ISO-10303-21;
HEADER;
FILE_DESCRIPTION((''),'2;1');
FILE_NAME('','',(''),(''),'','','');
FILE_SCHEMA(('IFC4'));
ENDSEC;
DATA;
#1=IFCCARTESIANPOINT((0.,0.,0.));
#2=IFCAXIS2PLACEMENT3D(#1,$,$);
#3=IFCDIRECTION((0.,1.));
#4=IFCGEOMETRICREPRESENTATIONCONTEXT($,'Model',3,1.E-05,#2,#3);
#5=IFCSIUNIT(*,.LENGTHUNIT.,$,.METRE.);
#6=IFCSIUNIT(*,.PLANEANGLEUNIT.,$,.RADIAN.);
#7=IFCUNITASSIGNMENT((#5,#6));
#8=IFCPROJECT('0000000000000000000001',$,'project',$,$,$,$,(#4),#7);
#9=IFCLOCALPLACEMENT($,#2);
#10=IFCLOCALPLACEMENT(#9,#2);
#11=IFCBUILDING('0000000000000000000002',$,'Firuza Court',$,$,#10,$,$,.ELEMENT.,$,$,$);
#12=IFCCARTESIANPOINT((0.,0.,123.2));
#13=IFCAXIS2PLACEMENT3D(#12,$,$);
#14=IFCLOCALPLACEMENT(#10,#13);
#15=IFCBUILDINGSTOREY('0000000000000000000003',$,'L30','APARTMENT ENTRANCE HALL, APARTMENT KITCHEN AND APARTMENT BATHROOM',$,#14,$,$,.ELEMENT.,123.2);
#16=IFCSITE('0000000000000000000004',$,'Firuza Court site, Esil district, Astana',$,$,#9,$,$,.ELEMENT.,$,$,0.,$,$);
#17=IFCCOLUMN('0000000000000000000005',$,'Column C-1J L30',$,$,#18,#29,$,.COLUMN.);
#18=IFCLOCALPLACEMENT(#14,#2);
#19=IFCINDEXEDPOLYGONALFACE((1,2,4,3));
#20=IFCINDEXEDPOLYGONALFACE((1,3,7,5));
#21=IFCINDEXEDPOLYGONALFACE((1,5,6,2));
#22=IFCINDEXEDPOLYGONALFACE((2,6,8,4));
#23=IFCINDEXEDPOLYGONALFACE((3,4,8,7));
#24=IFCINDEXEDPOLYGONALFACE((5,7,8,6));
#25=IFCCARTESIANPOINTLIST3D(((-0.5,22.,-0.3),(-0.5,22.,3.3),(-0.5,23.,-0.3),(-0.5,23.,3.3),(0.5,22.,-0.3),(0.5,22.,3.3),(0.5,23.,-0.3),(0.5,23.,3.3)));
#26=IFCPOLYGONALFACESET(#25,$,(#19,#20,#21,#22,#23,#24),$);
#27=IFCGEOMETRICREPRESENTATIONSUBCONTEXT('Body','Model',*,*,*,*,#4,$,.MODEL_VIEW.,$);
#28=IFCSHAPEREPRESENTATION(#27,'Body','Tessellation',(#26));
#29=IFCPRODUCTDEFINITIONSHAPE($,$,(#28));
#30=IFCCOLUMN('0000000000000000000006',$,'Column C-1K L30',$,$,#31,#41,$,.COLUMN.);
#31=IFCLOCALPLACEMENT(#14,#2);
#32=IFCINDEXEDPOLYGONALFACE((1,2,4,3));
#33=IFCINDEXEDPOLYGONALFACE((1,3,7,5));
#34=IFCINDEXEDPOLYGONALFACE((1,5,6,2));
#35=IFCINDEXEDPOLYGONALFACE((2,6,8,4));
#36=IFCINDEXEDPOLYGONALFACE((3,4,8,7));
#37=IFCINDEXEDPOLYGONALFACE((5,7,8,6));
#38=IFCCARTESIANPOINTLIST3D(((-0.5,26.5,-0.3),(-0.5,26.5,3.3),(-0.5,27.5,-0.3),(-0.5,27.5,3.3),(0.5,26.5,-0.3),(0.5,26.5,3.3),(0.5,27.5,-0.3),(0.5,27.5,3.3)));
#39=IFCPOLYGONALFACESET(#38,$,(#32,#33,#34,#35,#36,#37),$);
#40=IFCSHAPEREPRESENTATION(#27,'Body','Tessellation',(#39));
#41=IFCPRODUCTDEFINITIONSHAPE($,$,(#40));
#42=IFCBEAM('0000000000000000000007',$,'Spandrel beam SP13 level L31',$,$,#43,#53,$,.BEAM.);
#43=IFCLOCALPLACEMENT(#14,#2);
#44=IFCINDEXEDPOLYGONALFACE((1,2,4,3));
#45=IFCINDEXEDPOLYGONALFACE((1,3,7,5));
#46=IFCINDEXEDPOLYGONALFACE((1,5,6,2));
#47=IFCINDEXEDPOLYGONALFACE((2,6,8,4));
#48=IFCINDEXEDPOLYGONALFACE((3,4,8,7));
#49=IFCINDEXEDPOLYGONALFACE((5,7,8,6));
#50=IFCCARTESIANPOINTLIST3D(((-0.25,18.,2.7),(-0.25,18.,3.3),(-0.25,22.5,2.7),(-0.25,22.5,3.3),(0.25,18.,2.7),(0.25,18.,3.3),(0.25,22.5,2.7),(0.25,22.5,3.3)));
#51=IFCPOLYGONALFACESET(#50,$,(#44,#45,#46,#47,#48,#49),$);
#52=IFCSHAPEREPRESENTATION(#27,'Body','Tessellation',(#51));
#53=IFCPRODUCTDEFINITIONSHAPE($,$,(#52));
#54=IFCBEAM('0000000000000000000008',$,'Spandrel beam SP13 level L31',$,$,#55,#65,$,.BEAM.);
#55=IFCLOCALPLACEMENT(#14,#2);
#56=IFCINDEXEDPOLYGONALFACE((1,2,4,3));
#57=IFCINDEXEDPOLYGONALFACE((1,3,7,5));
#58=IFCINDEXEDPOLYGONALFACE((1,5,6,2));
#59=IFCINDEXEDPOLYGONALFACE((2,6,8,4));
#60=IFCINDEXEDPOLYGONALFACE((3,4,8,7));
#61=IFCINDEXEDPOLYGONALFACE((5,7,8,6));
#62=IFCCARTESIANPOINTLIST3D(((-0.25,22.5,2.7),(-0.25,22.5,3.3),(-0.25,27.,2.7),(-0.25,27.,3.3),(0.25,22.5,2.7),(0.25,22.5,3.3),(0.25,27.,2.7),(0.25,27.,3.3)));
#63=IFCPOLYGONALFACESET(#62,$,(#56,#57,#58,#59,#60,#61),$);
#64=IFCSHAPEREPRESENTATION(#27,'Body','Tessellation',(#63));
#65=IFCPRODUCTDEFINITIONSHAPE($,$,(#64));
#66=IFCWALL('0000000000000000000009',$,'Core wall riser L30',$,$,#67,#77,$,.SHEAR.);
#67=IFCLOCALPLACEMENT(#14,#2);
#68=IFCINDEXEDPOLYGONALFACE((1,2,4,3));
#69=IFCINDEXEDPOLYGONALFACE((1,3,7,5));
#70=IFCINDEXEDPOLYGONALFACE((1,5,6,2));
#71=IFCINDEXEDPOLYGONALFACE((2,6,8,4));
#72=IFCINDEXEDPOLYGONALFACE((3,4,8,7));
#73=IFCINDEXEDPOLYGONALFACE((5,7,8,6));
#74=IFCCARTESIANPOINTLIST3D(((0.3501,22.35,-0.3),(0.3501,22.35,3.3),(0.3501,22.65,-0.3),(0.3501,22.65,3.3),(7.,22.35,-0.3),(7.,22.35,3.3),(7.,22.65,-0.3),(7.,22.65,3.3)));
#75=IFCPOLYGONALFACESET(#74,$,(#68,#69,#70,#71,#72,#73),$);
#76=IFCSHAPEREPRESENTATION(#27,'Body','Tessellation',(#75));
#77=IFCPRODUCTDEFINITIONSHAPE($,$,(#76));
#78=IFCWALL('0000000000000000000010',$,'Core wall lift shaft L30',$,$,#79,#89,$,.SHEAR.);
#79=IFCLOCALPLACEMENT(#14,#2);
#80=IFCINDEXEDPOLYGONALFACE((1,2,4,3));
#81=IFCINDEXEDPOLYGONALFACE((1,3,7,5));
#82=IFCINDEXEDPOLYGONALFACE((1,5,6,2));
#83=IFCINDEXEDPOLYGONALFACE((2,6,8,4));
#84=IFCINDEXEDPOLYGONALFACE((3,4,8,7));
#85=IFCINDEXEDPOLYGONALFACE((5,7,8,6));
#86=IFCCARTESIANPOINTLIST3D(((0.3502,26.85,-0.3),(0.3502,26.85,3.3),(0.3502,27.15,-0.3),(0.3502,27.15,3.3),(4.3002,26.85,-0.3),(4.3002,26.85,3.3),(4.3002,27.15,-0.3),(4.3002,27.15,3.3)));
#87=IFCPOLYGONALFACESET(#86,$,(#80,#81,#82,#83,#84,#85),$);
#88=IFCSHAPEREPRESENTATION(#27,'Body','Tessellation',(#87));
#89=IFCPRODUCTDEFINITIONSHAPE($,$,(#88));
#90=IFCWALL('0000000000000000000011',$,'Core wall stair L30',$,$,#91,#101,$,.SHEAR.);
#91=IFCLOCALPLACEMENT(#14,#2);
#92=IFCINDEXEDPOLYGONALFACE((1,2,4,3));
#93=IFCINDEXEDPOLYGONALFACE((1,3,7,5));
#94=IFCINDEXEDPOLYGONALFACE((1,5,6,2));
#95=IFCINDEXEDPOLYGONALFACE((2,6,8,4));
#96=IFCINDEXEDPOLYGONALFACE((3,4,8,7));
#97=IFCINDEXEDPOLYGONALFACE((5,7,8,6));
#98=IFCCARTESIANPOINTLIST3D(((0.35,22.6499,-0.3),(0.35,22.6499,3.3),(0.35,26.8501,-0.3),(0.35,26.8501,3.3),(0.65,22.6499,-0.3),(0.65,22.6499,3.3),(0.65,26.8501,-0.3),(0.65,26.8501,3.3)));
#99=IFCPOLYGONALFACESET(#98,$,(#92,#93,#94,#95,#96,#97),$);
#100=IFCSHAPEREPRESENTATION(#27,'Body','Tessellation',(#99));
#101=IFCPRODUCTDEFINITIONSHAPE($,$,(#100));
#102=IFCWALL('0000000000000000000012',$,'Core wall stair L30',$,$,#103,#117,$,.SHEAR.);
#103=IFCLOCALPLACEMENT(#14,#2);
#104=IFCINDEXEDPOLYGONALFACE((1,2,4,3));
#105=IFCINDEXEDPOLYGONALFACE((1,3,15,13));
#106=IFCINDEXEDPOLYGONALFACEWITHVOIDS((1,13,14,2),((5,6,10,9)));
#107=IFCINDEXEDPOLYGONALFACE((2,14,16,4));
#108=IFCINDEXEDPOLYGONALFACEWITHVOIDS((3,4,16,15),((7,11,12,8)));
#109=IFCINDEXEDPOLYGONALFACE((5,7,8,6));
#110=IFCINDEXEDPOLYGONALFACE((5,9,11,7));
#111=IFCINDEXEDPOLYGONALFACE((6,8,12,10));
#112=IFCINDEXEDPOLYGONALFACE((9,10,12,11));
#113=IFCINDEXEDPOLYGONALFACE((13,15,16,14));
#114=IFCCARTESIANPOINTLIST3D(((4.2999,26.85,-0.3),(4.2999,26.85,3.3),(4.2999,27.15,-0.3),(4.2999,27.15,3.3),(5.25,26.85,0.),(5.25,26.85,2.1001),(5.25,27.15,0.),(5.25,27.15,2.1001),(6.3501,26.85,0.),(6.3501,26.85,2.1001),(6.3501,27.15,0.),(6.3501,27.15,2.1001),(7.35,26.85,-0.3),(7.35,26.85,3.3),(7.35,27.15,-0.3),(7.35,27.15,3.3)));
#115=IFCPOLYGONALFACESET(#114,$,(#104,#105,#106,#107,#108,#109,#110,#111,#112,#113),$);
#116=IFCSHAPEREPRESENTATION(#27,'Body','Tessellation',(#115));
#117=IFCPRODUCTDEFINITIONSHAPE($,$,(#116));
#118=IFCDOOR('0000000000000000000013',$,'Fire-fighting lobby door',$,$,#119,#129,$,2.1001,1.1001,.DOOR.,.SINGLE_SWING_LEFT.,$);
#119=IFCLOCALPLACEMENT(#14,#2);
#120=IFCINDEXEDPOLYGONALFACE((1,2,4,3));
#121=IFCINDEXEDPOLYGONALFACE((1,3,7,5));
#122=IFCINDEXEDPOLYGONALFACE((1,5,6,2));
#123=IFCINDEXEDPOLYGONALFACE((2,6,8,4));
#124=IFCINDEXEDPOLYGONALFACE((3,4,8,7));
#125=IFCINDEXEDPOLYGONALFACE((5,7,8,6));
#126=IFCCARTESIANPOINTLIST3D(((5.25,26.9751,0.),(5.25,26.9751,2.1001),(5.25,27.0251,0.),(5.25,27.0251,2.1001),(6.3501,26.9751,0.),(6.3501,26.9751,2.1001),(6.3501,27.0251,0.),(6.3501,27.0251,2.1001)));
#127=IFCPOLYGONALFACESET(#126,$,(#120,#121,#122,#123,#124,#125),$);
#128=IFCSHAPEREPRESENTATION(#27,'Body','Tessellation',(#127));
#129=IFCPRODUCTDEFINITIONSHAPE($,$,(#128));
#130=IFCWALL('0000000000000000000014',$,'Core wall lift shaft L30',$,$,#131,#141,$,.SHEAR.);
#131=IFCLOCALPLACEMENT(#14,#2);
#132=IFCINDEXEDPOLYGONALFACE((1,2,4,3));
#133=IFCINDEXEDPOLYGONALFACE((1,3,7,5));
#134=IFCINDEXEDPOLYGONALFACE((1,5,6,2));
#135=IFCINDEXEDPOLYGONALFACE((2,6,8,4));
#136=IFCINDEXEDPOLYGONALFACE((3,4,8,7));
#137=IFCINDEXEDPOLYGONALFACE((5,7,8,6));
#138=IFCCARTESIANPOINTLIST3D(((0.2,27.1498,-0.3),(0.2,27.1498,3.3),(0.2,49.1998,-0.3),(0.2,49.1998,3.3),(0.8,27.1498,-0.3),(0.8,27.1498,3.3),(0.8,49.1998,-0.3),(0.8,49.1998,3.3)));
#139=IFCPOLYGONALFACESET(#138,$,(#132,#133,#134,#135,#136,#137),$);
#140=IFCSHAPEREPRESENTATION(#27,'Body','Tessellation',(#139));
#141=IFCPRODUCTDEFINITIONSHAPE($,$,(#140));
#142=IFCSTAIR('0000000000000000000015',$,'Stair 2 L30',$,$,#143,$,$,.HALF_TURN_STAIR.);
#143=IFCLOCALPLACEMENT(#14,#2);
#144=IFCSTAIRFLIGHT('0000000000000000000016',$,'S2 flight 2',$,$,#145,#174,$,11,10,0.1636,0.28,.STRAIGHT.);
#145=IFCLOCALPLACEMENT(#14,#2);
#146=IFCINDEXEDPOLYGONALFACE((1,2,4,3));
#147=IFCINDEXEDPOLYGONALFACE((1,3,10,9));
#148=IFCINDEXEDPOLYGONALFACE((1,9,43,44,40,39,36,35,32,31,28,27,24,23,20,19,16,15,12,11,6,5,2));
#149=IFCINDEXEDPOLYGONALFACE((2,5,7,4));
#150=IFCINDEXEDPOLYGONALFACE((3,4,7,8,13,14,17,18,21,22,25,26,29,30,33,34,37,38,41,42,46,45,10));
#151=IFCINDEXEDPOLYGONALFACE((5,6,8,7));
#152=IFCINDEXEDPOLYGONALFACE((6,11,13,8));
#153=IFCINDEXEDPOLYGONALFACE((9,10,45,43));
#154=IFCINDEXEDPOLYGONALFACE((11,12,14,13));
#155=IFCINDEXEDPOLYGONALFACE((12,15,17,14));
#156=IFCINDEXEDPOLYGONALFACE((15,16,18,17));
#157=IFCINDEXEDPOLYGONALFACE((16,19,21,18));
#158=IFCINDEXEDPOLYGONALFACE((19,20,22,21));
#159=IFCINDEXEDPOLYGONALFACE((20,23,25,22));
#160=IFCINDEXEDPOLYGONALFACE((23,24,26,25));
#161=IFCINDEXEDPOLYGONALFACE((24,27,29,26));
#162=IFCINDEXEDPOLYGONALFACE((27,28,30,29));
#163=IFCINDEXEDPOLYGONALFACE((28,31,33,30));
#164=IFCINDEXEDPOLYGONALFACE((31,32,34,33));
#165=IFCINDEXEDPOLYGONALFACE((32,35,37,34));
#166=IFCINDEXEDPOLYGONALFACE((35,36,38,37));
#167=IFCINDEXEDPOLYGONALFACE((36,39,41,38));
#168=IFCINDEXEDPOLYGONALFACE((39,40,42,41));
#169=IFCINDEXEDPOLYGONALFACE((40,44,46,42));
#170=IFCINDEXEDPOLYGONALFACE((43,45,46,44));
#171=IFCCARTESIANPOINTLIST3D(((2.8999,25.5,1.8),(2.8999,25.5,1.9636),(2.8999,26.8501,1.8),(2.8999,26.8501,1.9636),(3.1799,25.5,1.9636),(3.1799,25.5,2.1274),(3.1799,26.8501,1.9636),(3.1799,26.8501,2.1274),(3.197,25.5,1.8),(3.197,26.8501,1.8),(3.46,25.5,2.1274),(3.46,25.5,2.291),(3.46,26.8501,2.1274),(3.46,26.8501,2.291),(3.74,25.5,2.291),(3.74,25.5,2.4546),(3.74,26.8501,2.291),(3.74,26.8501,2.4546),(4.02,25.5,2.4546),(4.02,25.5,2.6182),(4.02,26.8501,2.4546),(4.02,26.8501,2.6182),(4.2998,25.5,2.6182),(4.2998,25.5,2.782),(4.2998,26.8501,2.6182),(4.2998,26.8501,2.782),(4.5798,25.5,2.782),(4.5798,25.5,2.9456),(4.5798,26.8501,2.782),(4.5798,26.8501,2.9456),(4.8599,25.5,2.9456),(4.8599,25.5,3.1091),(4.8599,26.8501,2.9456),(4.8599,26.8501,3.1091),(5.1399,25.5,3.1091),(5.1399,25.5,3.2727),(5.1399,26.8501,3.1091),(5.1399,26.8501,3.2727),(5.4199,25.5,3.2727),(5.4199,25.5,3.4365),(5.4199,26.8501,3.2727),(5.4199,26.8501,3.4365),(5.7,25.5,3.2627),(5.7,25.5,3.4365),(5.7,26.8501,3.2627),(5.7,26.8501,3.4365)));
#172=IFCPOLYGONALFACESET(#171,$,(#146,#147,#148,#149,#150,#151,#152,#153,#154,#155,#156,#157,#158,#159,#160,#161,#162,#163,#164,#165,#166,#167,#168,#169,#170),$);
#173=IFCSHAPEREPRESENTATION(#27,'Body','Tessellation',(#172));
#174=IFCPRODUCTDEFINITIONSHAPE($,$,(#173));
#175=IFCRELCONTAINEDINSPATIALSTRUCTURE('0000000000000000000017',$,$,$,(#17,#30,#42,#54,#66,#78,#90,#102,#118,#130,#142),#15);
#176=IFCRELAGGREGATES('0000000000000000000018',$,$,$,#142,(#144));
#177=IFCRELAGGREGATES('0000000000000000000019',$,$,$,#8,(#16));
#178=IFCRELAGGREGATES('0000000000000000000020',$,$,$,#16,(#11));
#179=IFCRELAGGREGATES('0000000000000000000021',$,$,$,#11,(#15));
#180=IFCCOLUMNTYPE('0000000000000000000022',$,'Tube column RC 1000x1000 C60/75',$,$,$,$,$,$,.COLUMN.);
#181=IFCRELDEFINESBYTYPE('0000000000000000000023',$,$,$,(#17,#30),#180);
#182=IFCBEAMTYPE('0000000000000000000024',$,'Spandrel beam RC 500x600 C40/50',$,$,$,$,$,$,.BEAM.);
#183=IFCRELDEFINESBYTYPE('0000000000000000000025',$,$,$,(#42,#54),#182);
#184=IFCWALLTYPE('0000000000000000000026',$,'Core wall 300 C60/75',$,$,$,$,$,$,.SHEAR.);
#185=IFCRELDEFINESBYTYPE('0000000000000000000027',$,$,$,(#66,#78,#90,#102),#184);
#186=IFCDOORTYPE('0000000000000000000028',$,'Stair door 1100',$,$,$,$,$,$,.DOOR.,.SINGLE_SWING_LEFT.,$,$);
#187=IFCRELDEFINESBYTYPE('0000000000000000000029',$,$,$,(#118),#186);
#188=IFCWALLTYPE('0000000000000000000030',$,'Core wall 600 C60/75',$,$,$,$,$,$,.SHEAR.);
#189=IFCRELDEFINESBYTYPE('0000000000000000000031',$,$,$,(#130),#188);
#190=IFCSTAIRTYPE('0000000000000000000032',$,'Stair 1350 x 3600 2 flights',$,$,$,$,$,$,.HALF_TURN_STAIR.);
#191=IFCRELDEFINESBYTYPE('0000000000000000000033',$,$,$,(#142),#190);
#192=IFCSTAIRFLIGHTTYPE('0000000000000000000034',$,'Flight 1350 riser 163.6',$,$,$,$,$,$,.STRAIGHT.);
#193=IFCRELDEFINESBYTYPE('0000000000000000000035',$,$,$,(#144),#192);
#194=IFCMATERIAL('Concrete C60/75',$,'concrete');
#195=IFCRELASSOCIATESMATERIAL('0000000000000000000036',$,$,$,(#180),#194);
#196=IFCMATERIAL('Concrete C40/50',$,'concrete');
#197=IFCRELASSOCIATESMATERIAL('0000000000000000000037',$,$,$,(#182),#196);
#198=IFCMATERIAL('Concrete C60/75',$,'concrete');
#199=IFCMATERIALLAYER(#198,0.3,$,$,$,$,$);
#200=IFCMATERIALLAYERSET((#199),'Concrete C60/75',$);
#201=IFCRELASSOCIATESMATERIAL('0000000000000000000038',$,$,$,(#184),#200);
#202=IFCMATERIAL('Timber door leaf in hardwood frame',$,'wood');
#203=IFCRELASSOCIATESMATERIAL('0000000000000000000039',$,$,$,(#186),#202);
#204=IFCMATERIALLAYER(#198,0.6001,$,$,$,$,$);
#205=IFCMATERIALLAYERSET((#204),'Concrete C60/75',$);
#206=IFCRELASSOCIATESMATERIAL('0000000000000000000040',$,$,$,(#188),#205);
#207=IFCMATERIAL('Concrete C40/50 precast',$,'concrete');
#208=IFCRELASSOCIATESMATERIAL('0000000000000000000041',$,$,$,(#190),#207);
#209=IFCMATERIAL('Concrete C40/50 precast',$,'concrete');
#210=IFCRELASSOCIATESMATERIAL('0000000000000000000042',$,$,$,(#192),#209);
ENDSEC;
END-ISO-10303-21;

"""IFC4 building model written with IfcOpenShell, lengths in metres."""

from ifc_helpers import new_model, si_unit, direction, frame, frame_2d, origin, origin_2d, place, context, subcontext, project, spatial, polyline, rectangle, outline, extrude, material, layer, layer_set, material_profile, profile_set, type_object, element, fill, aggregate, save


model = new_model("IFC4")

# Units and contexts
model_context = context("Model", 3, precision=1e-05, world=origin(), true_north=direction((0.0, 1.0)))
body_context = subcontext(model_context, "Body", "Model", "MODEL_VIEW")
ifc_project = project(units=[si_unit("LENGTHUNIT", "METRE"), si_unit("PLANEANGLEUNIT", "RADIAN")], contexts=[model_context])

# Site, building, storey
site_placement = place(None, origin())
site = spatial("IfcSite", under=ifc_project, at=site_placement, Name="Firuza Court site, Esil district, Astana", CompositionType="ELEMENT", RefElevation=0.0)
building_placement = place(site_placement, origin())
building = spatial("IfcBuilding", under=site, at=building_placement, Name="Firuza Court", CompositionType="ELEMENT")
storey_placement = place(building_placement, frame((0.0, 0.0, 123.2)))
storey = spatial("IfcBuildingStorey", under=building, at=storey_placement, Name="L30", Description="APARTMENT ENTRANCE HALL, APARTMENT KITCHEN AND APARTMENT BATHROOM", CompositionType="ELEMENT", Elevation=123.2)

# Columns
ifc_material_1 = material(Name="Concrete C60/75", Category="concrete")
ifc_material_profile_1 = material_profile(ifc_material_1, rectangle(XDim=1.0, YDim=1.0, at=origin_2d()), Name="RC 1000x1000")
ifc_profile_set_1 = profile_set([ifc_material_profile_1], Name="Concrete C60/75")
column_type = type_object("IfcColumnType", Name="Tube column RC 1000x1000 C60/75", PredefinedType="COLUMN", material=ifc_profile_set_1)
for number, where, z_axis, x_axis, name in (
    (1, (0.0, 22.5, -0.3), (0.0, 0.0, 1.0), (1.0, 0.0, 0.0), "Column C-1J L30"),
    (2, (0.0, 27.0, -0.3), (0.0, 0.0, 1.0), (1.0, 0.0, 0.0), "Column C-1K L30"),
):
    element("IfcColumn", number, at=place(storey_placement, frame(where, z_axis=z_axis, x_axis=x_axis)), inside=storey, type_object=column_type, Name=name, PredefinedType="COLUMN", context=body_context, shape_type="SweptSolid", body=[
        extrude(rectangle(XDim=1.0, YDim=1.0, at=origin_2d()), origin(), (0.0, 0.0, 1.0), 3.6001),
    ])

# Beams
ifc_material_2 = material(Name="Concrete C40/50", Category="concrete")
ifc_material_profile_2 = material_profile(ifc_material_2, rectangle(XDim=0.5, YDim=0.6001, at=origin_2d()), Name="RC 500x600")
ifc_profile_set_2 = profile_set([ifc_material_profile_2], Name="Concrete C40/50")
beam_type = type_object("IfcBeamType", Name="Spandrel beam RC 500x600 C40/50", PredefinedType="BEAM", material=ifc_profile_set_2)
for number, where, z_axis, x_axis, name in (
    (3, (0.0, 22.5, 3.0), (0.0, -1.0, 0.0), (1.0, 0.0, 0.0), "Spandrel beam SP13 level L31"),
    (4, (0.0, 27.0, 3.0), (0.0, -1.0, 0.0), (1.0, 0.0, 0.0), "Spandrel beam SP13 level L31"),
):
    element("IfcBeam", number, at=place(storey_placement, frame(where, z_axis=z_axis, x_axis=x_axis)), inside=storey, type_object=beam_type, Name=name, PredefinedType="BEAM", context=body_context, shape_type="SweptSolid", body=[
        extrude(rectangle(XDim=0.5, YDim=0.6001, at=origin_2d()), origin(), (0.0, 0.0, 1.0), 4.5),
    ])

# Walls
ifc_material_3 = material(Name="Concrete C60/75", Category="concrete")
ifc_layer_1 = layer(ifc_material_3, 0.3)
ifc_layer_set_1 = layer_set([ifc_layer_1], Name="Concrete C60/75")
wall_type_1 = type_object("IfcWallType", Name="Core wall 300 C60/75", PredefinedType="SHEAR", material=ifc_layer_set_1)
wall_1_placement = place(storey_placement, frame((0.3501, 22.5, -0.3), z_axis=(0.0, 0.0, 1.0), x_axis=(1.0, 0.0, 0.0)))
element("IfcWall", 5, at=wall_1_placement, inside=storey, type_object=wall_type_1, Name="Core wall riser L30", PredefinedType="SHEAR", context=body_context, shape_type="SweptSolid", body=[
    extrude(rectangle(XDim=6.6499, YDim=0.3, at=frame_2d((3.325, 0.0))), origin(), (0.0, 0.0, 1.0), 3.6001),
])
wall_2_placement = place(storey_placement, frame((0.3501, 27.0, -0.3), z_axis=(0.0, 0.0, 1.0), x_axis=(1.0, 0.0, 0.0)))
element("IfcWall", 6, at=wall_2_placement, inside=storey, type_object=wall_type_1, Name="Core wall lift shaft L30", PredefinedType="SHEAR", context=body_context, shape_type="SweptSolid", body=[
    extrude(rectangle(XDim=3.95, YDim=0.3, at=frame_2d((1.9751, 0.0))), origin(), (0.0, 0.0, 1.0), 3.6001),
])
wall_3_placement = place(storey_placement, frame((0.5, 22.6499, -0.3), z_axis=(0.0, 0.0, 1.0), x_axis=(0.0, 1.0, 0.0)))
element("IfcWall", 7, at=wall_3_placement, inside=storey, type_object=wall_type_1, Name="Core wall stair L30", PredefinedType="SHEAR", context=body_context, shape_type="SweptSolid", body=[
    extrude(rectangle(XDim=4.2002, YDim=0.3, at=frame_2d((2.1001, 0.0))), origin(), (0.0, 0.0, 1.0), 3.6001),
])

# Wall, opening, door
wall_4_placement = place(storey_placement, frame((4.3, 27.0, -0.3), z_axis=(0.0, 0.0, 1.0), x_axis=(1.0, 0.0, 0.0)))
wall_4 = element("IfcWall", 8, at=wall_4_placement, inside=storey, type_object=wall_type_1, Name="Core wall stair L30", PredefinedType="SHEAR", context=body_context, shape_type="SweptSolid", body=[
    extrude(rectangle(XDim=3.05, YDim=0.3, at=frame_2d((1.5249, 0.0))), origin(), (0.0, 0.0, 1.0), 3.6001),
])
opening_1_placement = place(wall_4_placement, frame((0.95, 0.0, 0.3)))
opening_1 = element("IfcOpeningElement", 9, at=opening_1_placement, cuts=wall_4, PredefinedType="OPENING", context=body_context, shape_type="SweptSolid", body=[
    extrude(rectangle(XDim=1.1001, YDim=2.1001, at=frame_2d((0.55, 1.05))), frame((0.0, 0.1621, 0.0), z_axis=(0.0, -1.0, 0.0), x_axis=(1.0, 0.0, 0.0)), (0.0, 0.0, 1.0), 0.324),
])
ifc_material_4 = material(Name="Timber door leaf in hardwood frame", Category="wood")
door_type_1 = type_object("IfcDoorType", Name="Stair door 1100", OperationType="SINGLE_SWING_LEFT", PredefinedType="DOOR", material=ifc_material_4)
door_1_placement = place(opening_1_placement, frame((1.1001, 0.0, 0.0), z_axis=(0.0, 0.0, 1.0), x_axis=(-1.0, 0.0, 0.0)))
door_1 = element("IfcDoor", 10, at=door_1_placement, inside=storey, type_object=door_type_1, Name="Fire-fighting lobby door", OperationType="SINGLE_SWING_LEFT", OverallHeight=2.1001, OverallWidth=1.1001, PredefinedType="DOOR", context=body_context, shape_type="SweptSolid", body=[
    extrude(rectangle(XDim=1.1001, YDim=2.1001, at=frame_2d((0.55, 1.05))), frame((0.0, 0.0249, 0.0), z_axis=(0.0, -1.0, 0.0), x_axis=(1.0, 0.0, 0.0)), (0.0, 0.0, 1.0), 0.05),
])
fill(opening_1, door_1)

# Wall
ifc_layer_2 = layer(ifc_material_3, 0.6001)
ifc_layer_set_2 = layer_set([ifc_layer_2], Name="Concrete C60/75")
wall_type_2 = type_object("IfcWallType", Name="Core wall 600 C60/75", PredefinedType="SHEAR", material=ifc_layer_set_2)
wall_5_placement = place(storey_placement, frame((0.5, 27.1499, -0.3), z_axis=(0.0, 0.0, 1.0), x_axis=(0.0, 1.0, 0.0)))
element("IfcWall", 11, at=wall_5_placement, inside=storey, type_object=wall_type_2, Name="Core wall lift shaft L30", PredefinedType="SHEAR", context=body_context, shape_type="SweptSolid", body=[
    extrude(rectangle(XDim=22.05, YDim=0.6001, at=frame_2d((11.0249, 0.0))), origin(), (0.0, 0.0, 1.0), 3.6001),
])

# Stair, stair flight
ifc_material_5 = material(Name="Concrete C40/50 precast", Category="concrete")
stair_type = type_object("IfcStairType", Name="Stair 1350 x 3600 2 flights", PredefinedType="HALF_TURN_STAIR", material=ifc_material_5)
stair_placement = place(storey_placement, origin())
stair = element("IfcStair", 12, at=stair_placement, inside=storey, type_object=stair_type, Name="Stair 2 L30", PredefinedType="HALF_TURN_STAIR")
ifc_material_6 = material(Name="Concrete C40/50 precast", Category="concrete")
stair_flight_type = type_object("IfcStairFlightType", Name="Flight 1350 riser 163.6", PredefinedType="STRAIGHT", material=ifc_material_6)
stair_flight_placement = place(storey_placement, frame((2.8999, 26.175, 1.8), z_axis=(0.0, 0.0, 1.0), x_axis=(1.0, 0.0, 0.0)))
stair_flight = element("IfcStairFlight", 13, at=stair_flight_placement, type_object=stair_flight_type, Name="S2 flight 2", NumberOfRisers=11, NumberOfTreads=10, PredefinedType="STRAIGHT", RiserHeight=0.1636, TreadLength=0.28, context=body_context, shape_type="SweptSolid", body=[
    extrude(outline(polyline([(0.0, 0.0), (0.0, 0.1636), (0.28, 0.1636), (0.28, 0.3274), (0.5601, 0.3274), (0.5601, 0.491), (0.8401, 0.491), (0.8401, 0.6545), (1.1201, 0.6545), (1.1201, 0.8181), (1.3999, 0.8181), (1.3999, 0.9819), (1.6799, 0.9819), (1.6799, 1.1455), (1.96, 1.1455), (1.96, 1.3091), (2.24, 1.3091), (2.24, 1.4727), (2.52, 1.4727), (2.52, 1.6365), (2.8, 1.6365), (2.8, 1.8), (2.8, 1.4626), (0.2971, 0.0), (0.0, 0.0)])), frame((0.0, 0.675, 0.0), z_axis=(0.0, -1.0, 0.0), x_axis=(1.0, 0.0, 0.0)), (0.0, 0.0, 1.0), 1.3501),
])
aggregate(stair, [stair_flight])

save(model, "model.ifc")
